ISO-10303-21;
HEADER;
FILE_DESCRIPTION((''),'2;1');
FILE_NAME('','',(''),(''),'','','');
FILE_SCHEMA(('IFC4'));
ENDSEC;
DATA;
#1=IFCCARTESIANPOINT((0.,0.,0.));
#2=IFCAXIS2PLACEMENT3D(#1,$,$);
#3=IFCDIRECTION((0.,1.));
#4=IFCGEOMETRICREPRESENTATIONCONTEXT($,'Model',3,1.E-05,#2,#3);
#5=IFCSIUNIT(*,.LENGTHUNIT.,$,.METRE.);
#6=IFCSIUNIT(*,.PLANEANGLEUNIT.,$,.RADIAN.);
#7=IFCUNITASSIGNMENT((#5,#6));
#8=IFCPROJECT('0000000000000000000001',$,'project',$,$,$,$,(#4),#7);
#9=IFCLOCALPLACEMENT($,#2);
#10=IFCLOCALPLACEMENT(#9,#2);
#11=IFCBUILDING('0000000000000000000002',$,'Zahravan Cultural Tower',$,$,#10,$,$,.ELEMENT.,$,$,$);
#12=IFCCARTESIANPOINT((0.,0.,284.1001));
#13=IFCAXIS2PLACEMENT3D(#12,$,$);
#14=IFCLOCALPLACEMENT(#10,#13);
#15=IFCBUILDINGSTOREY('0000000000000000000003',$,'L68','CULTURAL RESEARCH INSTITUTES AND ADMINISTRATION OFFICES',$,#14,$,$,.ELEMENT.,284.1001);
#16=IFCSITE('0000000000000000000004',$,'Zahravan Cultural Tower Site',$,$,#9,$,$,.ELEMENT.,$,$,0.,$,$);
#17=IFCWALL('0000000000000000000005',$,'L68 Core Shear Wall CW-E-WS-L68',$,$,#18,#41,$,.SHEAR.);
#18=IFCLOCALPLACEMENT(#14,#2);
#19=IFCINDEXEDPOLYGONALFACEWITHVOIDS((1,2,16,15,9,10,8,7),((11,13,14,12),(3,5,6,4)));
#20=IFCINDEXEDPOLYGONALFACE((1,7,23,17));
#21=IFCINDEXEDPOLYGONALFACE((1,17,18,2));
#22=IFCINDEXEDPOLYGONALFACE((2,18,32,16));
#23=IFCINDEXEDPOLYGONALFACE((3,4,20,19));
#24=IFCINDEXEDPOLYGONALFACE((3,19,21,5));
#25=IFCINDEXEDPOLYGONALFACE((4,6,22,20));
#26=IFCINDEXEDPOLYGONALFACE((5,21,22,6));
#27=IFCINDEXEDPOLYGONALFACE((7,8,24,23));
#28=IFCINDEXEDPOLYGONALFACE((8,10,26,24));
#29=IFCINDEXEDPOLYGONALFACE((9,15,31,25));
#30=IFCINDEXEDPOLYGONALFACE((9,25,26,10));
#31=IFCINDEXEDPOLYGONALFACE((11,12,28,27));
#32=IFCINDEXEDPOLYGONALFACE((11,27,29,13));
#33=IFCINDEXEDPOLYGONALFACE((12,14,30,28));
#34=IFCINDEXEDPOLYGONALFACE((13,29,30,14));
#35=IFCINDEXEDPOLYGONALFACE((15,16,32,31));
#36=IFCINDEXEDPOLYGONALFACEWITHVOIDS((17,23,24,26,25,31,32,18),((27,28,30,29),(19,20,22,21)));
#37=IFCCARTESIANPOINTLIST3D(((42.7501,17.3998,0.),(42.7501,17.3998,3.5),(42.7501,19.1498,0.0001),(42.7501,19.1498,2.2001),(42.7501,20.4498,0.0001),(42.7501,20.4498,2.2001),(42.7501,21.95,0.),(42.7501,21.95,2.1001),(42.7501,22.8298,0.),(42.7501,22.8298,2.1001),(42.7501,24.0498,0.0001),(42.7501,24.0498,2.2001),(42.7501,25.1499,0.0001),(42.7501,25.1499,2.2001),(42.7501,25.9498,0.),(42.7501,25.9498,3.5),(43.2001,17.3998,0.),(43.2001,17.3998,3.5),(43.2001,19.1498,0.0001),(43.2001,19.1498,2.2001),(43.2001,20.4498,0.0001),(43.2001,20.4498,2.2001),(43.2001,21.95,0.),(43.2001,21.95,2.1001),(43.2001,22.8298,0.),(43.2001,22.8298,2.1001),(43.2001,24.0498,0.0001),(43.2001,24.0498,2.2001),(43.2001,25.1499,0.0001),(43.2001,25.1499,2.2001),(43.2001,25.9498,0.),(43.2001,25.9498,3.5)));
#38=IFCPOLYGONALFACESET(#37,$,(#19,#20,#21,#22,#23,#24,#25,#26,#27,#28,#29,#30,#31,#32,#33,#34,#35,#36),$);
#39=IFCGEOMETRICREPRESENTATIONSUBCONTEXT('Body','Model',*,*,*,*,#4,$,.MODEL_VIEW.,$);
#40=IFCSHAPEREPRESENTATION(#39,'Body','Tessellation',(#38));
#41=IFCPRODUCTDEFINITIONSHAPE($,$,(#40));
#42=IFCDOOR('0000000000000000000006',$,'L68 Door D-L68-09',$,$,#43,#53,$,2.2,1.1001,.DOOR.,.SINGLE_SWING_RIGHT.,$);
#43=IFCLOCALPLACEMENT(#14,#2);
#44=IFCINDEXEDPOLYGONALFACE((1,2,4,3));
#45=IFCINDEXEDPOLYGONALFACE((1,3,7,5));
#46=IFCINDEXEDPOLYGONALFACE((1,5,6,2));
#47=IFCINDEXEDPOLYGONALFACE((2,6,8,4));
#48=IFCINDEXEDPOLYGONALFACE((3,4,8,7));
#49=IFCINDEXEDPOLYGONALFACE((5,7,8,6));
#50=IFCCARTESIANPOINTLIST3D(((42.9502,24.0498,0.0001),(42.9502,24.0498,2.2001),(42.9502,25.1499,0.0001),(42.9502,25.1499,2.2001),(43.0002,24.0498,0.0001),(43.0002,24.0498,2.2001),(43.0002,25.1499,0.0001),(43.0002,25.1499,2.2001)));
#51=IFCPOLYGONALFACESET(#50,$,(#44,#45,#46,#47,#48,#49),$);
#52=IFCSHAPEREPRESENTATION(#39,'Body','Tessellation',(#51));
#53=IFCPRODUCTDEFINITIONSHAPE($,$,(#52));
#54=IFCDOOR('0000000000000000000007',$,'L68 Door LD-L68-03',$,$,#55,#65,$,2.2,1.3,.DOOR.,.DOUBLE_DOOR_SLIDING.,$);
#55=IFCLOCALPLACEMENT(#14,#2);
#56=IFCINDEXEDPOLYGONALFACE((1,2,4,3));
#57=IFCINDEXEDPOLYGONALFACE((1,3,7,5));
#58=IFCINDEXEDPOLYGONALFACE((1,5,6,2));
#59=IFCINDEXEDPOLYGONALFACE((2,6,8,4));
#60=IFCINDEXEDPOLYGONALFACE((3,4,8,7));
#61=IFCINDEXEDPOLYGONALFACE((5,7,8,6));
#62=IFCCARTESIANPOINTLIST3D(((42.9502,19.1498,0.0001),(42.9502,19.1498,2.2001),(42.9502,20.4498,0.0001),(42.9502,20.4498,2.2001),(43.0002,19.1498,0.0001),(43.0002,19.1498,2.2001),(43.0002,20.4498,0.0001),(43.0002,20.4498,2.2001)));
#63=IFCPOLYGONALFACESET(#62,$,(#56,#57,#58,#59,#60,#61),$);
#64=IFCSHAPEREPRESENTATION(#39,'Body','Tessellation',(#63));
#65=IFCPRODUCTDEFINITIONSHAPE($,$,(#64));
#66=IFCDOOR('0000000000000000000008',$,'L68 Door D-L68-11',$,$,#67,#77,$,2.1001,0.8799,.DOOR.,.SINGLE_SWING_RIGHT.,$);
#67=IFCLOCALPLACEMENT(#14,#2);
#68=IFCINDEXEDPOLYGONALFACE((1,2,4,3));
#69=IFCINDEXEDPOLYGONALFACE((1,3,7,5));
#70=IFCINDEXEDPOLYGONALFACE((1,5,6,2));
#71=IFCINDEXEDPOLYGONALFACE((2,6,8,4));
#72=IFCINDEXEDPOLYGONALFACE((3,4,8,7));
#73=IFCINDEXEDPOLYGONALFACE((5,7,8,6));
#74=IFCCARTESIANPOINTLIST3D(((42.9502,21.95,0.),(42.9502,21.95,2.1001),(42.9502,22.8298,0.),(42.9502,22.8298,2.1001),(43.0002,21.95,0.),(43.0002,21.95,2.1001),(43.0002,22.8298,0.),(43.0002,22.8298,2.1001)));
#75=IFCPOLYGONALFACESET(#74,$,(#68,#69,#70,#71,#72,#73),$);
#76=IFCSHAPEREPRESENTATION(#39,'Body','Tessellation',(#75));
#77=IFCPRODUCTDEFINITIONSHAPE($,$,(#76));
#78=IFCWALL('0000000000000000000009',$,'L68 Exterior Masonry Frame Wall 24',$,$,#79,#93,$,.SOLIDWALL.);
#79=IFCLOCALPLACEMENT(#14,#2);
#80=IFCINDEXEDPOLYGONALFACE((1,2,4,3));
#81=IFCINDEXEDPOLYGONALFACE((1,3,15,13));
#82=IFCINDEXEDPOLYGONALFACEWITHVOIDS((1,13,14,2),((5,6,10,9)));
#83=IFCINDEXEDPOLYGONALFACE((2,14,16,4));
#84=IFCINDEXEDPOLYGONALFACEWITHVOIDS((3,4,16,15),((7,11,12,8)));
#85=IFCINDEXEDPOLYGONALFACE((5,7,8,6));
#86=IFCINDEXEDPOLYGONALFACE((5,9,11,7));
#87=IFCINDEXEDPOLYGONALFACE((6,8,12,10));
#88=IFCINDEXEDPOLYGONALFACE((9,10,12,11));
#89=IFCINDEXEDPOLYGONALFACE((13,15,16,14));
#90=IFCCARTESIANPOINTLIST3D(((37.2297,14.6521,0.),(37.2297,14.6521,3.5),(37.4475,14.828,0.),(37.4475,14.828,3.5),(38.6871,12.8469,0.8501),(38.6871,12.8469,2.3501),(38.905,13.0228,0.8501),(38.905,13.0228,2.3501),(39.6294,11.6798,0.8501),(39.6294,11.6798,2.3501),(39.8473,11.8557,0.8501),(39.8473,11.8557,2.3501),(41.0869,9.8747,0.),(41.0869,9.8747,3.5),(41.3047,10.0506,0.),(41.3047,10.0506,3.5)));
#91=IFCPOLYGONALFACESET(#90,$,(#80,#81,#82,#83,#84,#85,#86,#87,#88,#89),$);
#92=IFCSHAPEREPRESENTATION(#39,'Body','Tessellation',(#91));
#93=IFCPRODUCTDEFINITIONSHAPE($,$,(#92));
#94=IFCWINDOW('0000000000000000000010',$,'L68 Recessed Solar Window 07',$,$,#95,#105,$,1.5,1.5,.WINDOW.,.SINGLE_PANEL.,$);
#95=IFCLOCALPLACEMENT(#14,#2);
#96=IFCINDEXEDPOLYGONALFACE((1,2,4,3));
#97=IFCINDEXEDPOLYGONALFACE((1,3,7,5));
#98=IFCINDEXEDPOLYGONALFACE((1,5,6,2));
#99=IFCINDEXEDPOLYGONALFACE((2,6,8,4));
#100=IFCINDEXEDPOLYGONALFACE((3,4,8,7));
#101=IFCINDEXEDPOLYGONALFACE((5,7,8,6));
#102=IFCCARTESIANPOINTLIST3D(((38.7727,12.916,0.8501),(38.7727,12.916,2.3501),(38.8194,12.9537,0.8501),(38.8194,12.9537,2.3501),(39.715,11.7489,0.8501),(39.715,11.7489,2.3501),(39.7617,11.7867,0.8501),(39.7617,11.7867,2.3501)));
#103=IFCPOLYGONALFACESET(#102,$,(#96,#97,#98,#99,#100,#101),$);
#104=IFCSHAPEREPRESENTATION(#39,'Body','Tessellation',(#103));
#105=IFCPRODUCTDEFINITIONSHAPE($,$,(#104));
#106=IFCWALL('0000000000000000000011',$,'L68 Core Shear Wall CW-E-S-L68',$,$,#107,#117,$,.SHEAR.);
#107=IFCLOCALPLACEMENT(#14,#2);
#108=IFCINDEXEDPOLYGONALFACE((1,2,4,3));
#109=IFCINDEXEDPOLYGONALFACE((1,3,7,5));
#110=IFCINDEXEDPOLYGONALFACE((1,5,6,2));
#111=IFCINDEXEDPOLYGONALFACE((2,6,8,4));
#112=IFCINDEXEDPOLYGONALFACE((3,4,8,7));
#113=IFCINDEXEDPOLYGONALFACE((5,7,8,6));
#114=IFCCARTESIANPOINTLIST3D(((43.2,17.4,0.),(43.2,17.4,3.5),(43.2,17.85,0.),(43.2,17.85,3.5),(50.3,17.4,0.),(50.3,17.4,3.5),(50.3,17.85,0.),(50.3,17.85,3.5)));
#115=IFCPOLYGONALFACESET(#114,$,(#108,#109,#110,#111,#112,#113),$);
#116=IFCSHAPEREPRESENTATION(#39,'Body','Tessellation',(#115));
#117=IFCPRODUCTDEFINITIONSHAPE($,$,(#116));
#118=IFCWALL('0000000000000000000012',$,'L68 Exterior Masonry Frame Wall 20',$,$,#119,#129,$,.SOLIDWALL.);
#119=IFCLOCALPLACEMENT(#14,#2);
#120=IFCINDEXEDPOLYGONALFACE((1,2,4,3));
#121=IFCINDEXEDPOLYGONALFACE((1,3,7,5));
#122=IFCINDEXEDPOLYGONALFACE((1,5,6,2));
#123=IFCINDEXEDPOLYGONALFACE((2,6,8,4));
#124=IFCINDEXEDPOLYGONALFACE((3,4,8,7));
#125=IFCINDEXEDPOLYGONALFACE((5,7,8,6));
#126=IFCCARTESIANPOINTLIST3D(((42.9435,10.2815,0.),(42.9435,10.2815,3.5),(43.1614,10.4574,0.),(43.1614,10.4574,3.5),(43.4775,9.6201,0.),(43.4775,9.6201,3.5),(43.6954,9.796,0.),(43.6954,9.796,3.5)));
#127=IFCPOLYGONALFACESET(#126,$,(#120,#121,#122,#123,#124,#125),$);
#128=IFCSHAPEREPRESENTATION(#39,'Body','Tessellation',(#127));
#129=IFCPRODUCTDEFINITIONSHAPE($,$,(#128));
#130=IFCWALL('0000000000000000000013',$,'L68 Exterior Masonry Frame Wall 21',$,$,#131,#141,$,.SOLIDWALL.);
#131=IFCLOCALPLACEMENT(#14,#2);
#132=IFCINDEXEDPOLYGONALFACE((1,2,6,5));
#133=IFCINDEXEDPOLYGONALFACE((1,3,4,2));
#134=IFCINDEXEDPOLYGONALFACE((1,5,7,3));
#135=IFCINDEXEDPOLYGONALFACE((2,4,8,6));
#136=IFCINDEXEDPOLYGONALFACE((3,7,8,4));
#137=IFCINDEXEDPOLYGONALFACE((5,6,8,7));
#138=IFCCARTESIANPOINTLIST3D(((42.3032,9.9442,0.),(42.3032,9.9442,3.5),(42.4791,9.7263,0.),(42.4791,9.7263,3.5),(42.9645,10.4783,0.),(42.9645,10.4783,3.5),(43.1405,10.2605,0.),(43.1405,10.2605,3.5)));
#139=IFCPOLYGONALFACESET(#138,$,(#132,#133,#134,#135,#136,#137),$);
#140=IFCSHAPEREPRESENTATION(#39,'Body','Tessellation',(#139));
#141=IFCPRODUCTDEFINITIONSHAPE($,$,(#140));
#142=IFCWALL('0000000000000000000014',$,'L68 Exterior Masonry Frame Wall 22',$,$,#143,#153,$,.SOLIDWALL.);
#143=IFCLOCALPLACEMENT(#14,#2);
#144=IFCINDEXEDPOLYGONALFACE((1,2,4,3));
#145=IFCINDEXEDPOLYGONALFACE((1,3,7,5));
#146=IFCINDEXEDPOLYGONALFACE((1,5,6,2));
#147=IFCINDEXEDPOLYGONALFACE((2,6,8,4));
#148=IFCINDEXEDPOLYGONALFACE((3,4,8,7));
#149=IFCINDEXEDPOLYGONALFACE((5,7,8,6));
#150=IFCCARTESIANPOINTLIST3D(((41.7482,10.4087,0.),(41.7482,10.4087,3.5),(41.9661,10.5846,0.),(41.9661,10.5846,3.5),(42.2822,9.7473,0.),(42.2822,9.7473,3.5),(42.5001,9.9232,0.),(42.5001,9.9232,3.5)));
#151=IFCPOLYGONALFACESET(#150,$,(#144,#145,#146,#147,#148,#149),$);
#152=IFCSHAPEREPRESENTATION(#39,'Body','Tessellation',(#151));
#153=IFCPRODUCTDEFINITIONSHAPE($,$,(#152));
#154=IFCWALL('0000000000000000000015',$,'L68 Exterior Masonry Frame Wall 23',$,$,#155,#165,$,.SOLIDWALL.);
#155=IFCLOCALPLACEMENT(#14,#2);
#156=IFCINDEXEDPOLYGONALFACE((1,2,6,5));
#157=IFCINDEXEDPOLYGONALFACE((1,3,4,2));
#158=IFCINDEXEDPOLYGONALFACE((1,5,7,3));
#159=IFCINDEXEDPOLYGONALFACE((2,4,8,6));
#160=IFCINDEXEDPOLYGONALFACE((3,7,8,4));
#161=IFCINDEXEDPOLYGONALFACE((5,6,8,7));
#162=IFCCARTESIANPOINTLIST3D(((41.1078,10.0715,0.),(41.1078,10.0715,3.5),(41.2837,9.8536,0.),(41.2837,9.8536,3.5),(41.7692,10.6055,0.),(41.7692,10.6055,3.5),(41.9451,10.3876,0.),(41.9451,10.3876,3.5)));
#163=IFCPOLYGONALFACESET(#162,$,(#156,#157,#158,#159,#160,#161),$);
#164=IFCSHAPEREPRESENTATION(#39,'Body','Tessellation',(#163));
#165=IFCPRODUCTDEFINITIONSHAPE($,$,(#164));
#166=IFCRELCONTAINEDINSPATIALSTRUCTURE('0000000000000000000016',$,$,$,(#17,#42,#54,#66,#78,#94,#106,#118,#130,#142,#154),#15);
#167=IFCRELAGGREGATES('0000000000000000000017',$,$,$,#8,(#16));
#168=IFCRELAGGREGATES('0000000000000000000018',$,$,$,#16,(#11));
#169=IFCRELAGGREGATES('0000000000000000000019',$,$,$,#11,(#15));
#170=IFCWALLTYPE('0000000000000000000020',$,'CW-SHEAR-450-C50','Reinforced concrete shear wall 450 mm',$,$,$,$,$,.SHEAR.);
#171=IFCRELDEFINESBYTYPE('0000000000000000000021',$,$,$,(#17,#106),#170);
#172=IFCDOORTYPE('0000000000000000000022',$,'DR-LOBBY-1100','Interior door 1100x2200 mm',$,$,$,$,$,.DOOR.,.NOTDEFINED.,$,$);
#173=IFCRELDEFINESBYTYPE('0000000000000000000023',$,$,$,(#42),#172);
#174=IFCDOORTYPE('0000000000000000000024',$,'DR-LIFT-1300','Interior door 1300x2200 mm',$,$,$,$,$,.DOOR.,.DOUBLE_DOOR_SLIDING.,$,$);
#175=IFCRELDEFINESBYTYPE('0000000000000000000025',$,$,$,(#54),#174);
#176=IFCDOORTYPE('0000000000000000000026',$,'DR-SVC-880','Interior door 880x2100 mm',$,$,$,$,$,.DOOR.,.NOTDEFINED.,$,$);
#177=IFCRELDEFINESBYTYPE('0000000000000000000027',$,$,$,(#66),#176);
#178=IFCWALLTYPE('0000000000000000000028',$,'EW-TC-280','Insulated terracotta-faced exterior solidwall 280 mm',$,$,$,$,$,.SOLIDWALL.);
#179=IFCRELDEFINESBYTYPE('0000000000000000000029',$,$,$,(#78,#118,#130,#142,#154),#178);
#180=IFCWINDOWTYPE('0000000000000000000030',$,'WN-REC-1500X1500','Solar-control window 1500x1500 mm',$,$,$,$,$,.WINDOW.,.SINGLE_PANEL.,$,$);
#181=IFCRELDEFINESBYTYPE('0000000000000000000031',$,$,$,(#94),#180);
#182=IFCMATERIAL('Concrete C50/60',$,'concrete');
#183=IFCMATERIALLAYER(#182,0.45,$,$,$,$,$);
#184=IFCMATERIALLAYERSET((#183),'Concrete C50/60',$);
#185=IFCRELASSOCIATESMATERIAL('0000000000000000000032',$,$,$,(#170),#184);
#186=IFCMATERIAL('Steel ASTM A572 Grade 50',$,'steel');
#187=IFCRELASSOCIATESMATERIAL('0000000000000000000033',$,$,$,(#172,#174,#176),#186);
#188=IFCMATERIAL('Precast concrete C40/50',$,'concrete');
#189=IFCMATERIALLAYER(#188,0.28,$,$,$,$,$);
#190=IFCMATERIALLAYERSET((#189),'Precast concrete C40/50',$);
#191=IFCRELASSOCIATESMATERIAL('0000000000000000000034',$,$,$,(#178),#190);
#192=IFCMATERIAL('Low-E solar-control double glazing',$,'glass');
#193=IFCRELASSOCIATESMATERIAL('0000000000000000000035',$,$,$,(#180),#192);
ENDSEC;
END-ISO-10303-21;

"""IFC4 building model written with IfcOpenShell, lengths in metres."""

from ifc_helpers import new_model, si_unit, direction, frame, frame_2d, origin, place, context, subcontext, project, spatial, rectangle, extrude, source, transform, mapped, material, layer, layer_set, type_object, element, fill, save


model = new_model("IFC4")

# Units and contexts
model_context = context("Model", 3, precision=1e-05, world=origin(), true_north=direction((0.0, 1.0)))
body_context = subcontext(model_context, "Body", "Model", "MODEL_VIEW")
ifc_project = project(units=[si_unit("LENGTHUNIT", "METRE"), si_unit("PLANEANGLEUNIT", "RADIAN")], contexts=[model_context])

# Site, building, storey
site_placement = place(None, origin())
site = spatial("IfcSite", under=ifc_project, at=site_placement, Name="Zahravan Cultural Tower Site", CompositionType="ELEMENT", RefElevation=0.0)
building_placement = place(site_placement, origin())
building = spatial("IfcBuilding", under=site, at=building_placement, Name="Zahravan Cultural Tower", CompositionType="ELEMENT")
storey_placement = place(building_placement, frame((0.0, 0.0, 284.1001)))
storey = spatial("IfcBuildingStorey", under=building, at=storey_placement, Name="L68", Description="CULTURAL RESEARCH INSTITUTES AND ADMINISTRATION OFFICES", CompositionType="ELEMENT", Elevation=284.1001)

# Shared definitions
ifc_material_1 = material(Name="Concrete C50/60", Category="concrete")

# Wall, openings, doors
ifc_layer_1 = layer(ifc_material_1, 0.45)
ifc_layer_set_1 = layer_set([ifc_layer_1], Name="Concrete C50/60")
wall_type_1 = type_object("IfcWallType", Name="CW-SHEAR-450-C50", Description="Reinforced concrete shear wall 450 mm", PredefinedType="SHEAR", material=ifc_layer_set_1)
wall_1_placement = place(storey_placement, frame((42.9751, 17.3999, 0.0), z_axis=(0.0, 0.0, 1.0), x_axis=(0.0, 1.0, 0.0)))
wall_1 = element("IfcWall", 1, at=wall_1_placement, inside=storey, type_object=wall_type_1, Name="L68 Core Shear Wall CW-E-WS-L68", PredefinedType="SHEAR", context=body_context, shape_type="SweptSolid", body=[
    extrude(rectangle(XDim=8.55, YDim=0.45, at=frame_2d((4.2749, 0.0))), origin(), (0.0, 0.0, 1.0), 3.5),
])
opening_1_placement = place(wall_1_placement, frame((6.6499, 0.0, 0.0)))
opening_1 = element("IfcOpeningElement", 2, at=opening_1_placement, cuts=wall_1, PredefinedType="OPENING", context=body_context, shape_type="SweptSolid", body=[
    extrude(rectangle(XDim=1.1001, YDim=2.2, at=frame_2d((0.55, 1.1001))), frame((0.0, 0.2349, 0.0), z_axis=(0.0, -1.0, 0.0), x_axis=(1.0, 0.0, 0.0)), (0.0, 0.0, 1.0), 0.47),
])
opening_2_placement = place(wall_1_placement, frame((1.75, 0.0, 0.0)))
opening_2 = element("IfcOpeningElement", 3, at=opening_2_placement, cuts=wall_1, PredefinedType="OPENING", context=body_context, shape_type="SweptSolid", body=[
    extrude(rectangle(XDim=1.3, YDim=2.2, at=frame_2d((0.6499, 1.1001))), frame((0.0, 0.2349, 0.0), z_axis=(0.0, -1.0, 0.0), x_axis=(1.0, 0.0, 0.0)), (0.0, 0.0, 1.0), 0.47),
])
opening_3_placement = place(wall_1_placement, frame((4.55, 0.0, 0.0)))
opening_3 = element("IfcOpeningElement", 4, at=opening_3_placement, cuts=wall_1, PredefinedType="OPENING", context=body_context, shape_type="SweptSolid", body=[
    extrude(rectangle(XDim=0.8799, YDim=2.1001, at=frame_2d((0.4399, 1.05))), frame((0.0, 0.2349, 0.0), z_axis=(0.0, -1.0, 0.0), x_axis=(1.0, 0.0, 0.0)), (0.0, 0.0, 1.0), 0.47),
])
ifc_material_2 = material(Name="Steel ASTM A572 Grade 50", Category="steel")
door_type_1 = type_object("IfcDoorType", Name="DR-LOBBY-1100", Description="Interior door 1100x2200 mm", OperationType="NOTDEFINED", PredefinedType="DOOR", material=ifc_material_2)
shared_shape_1 = source(origin(), body_context, "Body", "SweptSolid", [
    extrude(rectangle(XDim=1.1001, YDim=2.2, at=frame_2d((0.55, 1.1001))), frame((0.0, 0.0249, 0.0), z_axis=(0.0, -1.0, 0.0), x_axis=(1.0, 0.0, 0.0)), (0.0, 0.0, 1.0), 0.05),
])
door_1_placement = place(opening_1_placement, origin())
door_1 = element("IfcDoor", 5, at=door_1_placement, inside=storey, type_object=door_type_1, Name="L68 Door D-L68-09", OperationType="SINGLE_SWING_RIGHT", OverallHeight=2.2, OverallWidth=1.1001, PredefinedType="DOOR", context=body_context, shape_type="MappedRepresentation", body=[
    mapped(shared_shape_1, transform((0.0, 0.0, 0.0), x_axis=(1.0, 0.0, 0.0), y_axis=(0.0, 1.0, 0.0), z_axis=(0.0, 0.0, 1.0), scale=1.0)),
])
fill(opening_1, door_1)
door_type_2 = type_object("IfcDoorType", Name="DR-LIFT-1300", Description="Interior door 1300x2200 mm", OperationType="DOUBLE_DOOR_SLIDING", PredefinedType="DOOR", material=ifc_material_2)
shared_shape_2 = source(origin(), body_context, "Body", "SweptSolid", [
    extrude(rectangle(XDim=1.3, YDim=2.2, at=frame_2d((0.6499, 1.1001))), frame((0.0, 0.0249, 0.0), z_axis=(0.0, -1.0, 0.0), x_axis=(1.0, 0.0, 0.0)), (0.0, 0.0, 1.0), 0.05),
])
door_2_placement = place(opening_2_placement, origin())
door_2 = element("IfcDoor", 6, at=door_2_placement, inside=storey, type_object=door_type_2, Name="L68 Door LD-L68-03", OperationType="DOUBLE_DOOR_SLIDING", OverallHeight=2.2, OverallWidth=1.3, PredefinedType="DOOR", context=body_context, shape_type="MappedRepresentation", body=[
    mapped(shared_shape_2, transform((0.0, 0.0, 0.0), x_axis=(1.0, 0.0, 0.0), y_axis=(0.0, 1.0, 0.0), z_axis=(0.0, 0.0, 1.0), scale=1.0)),
])
fill(opening_2, door_2)
door_type_3 = type_object("IfcDoorType", Name="DR-SVC-880", Description="Interior door 880x2100 mm", OperationType="NOTDEFINED", PredefinedType="DOOR", material=ifc_material_2)
shared_shape_3 = source(origin(), body_context, "Body", "SweptSolid", [
    extrude(rectangle(XDim=0.8799, YDim=2.1001, at=frame_2d((0.4399, 1.05))), frame((0.0, 0.0249, 0.0), z_axis=(0.0, -1.0, 0.0), x_axis=(1.0, 0.0, 0.0)), (0.0, 0.0, 1.0), 0.05),
])
door_3_placement = place(opening_3_placement, origin())
door_3 = element("IfcDoor", 7, at=door_3_placement, inside=storey, type_object=door_type_3, Name="L68 Door D-L68-11", OperationType="SINGLE_SWING_RIGHT", OverallHeight=2.1001, OverallWidth=0.8799, PredefinedType="DOOR", context=body_context, shape_type="MappedRepresentation", body=[
    mapped(shared_shape_3, transform((0.0, 0.0, 0.0), x_axis=(1.0, 0.0, 0.0), y_axis=(0.0, 1.0, 0.0), z_axis=(0.0, 0.0, 1.0), scale=1.0)),
])
fill(opening_3, door_3)

# Wall, opening, window
ifc_material_3 = material(Name="Precast concrete C40/50", Category="concrete")
ifc_layer_2 = layer(ifc_material_3, 0.28)
ifc_layer_set_2 = layer_set([ifc_layer_2], Name="Precast concrete C40/50")
wall_type_2 = type_object("IfcWallType", Name="EW-TC-280", Description="Insulated terracotta-faced exterior solidwall 280 mm", PredefinedType="SOLIDWALL", material=ifc_layer_set_2)
wall_2_placement = place(storey_placement, frame((41.1958, 9.9626, 0.0), z_axis=(0.0, 0.0, 1.0), x_axis=(-0.628195, 0.778056, 0.0)))
wall_2 = element("IfcWall", 8, at=wall_2_placement, inside=storey, type_object=wall_type_2, Name="L68 Exterior Masonry Frame Wall 24", PredefinedType="SOLIDWALL", context=body_context, shape_type="SweptSolid", body=[
    extrude(rectangle(XDim=6.1401, YDim=0.28, at=frame_2d((3.0701, 0.0))), origin(), (0.0, 0.0, 1.0), 3.5),
])
opening_4_placement = place(wall_2_placement, frame((2.3201, 0.0, 0.8501)))
opening_4 = element("IfcOpeningElement", 9, at=opening_4_placement, cuts=wall_2, PredefinedType="OPENING", context=body_context, shape_type="SweptSolid", body=[
    extrude(rectangle(XDim=1.5, YDim=1.5, at=frame_2d((0.75, 0.75))), frame((0.0, 0.1499, 0.0), z_axis=(0.0, -1.0, 0.0), x_axis=(1.0, 0.0, 0.0)), (0.0, 0.0, 1.0), 0.3),
])
ifc_material_4 = material(Name="Low-E solar-control double glazing", Category="glass")
window_type = type_object("IfcWindowType", Name="WN-REC-1500X1500", Description="Solar-control window 1500x1500 mm", PartitioningType="SINGLE_PANEL", PredefinedType="WINDOW", material=ifc_material_4)
shared_shape_4 = source(origin(), body_context, "Body", "SweptSolid", [
    extrude(rectangle(XDim=1.5, YDim=1.5, at=frame_2d((0.75, 0.75))), frame((0.0, 0.03, 0.0), z_axis=(0.0, -1.0, 0.0), x_axis=(1.0, 0.0, 0.0)), (0.0, 0.0, 1.0), 0.0601),
])
window_placement = place(opening_4_placement, origin())
window = element("IfcWindow", 10, at=window_placement, inside=storey, type_object=window_type, Name="L68 Recessed Solar Window 07", OverallHeight=1.5, OverallWidth=1.5, PartitioningType="SINGLE_PANEL", PredefinedType="WINDOW", context=body_context, shape_type="MappedRepresentation", body=[
    mapped(shared_shape_4, transform((0.0, 0.0, 0.0), x_axis=(1.0, 0.0, 0.0), y_axis=(0.0, 1.0, 0.0), z_axis=(0.0, 0.0, 1.0), scale=1.0)),
])
fill(opening_4, window)

# Walls
shared_shape_5 = source(origin(), body_context, "Body", "SweptSolid", [
    extrude(rectangle(XDim=7.1001, YDim=0.45, at=frame_2d((3.55, 0.0))), origin(), (0.0, 0.0, 1.0), 3.5),
])
wall_3_placement = place(storey_placement, frame((43.2, 17.625, 0.0), z_axis=(0.0, 0.0, 1.0), x_axis=(1.0, 0.0, 0.0)))
element("IfcWall", 11, at=wall_3_placement, inside=storey, type_object=wall_type_1, Name="L68 Core Shear Wall CW-E-S-L68", PredefinedType="SHEAR", context=body_context, shape_type="MappedRepresentation", body=[
    mapped(shared_shape_5, transform((0.0, 0.0, 0.0), x_axis=(1.0, 0.0, 0.0), y_axis=(0.0, 1.0, 0.0), z_axis=(0.0, 0.0, 1.0), scale=1.0)),
])
shared_shape_6 = source(origin(), body_context, "Body", "SweptSolid", [
    extrude(rectangle(XDim=0.8501, YDim=0.28, at=frame_2d((0.425, 0.0))), origin(), (0.0, 0.0, 1.0), 3.5),
])
for number, where, z_axis, x_axis, name in (
    (12, (43.5864, 9.708, 0.0), (0.0, 0.0, 1.0), (-0.628157, 0.778087, 0.0), "L68 Exterior Masonry Frame Wall 20"),
    (13, (43.0525, 10.3694, 0.0), (0.0, 0.0, 1.0), (-0.777947, -0.62833, 0.0), "L68 Exterior Masonry Frame Wall 21"),
    (14, (42.3911, 9.8352, 0.0), (0.0, 0.0, 1.0), (-0.628157, 0.778087, 0.0), "L68 Exterior Masonry Frame Wall 22"),
    (15, (41.8572, 10.4966, 0.0), (0.0, 0.0, 1.0), (-0.778087, -0.628157, 0.0), "L68 Exterior Masonry Frame Wall 23"),
):
    element("IfcWall", number, at=place(storey_placement, frame(where, z_axis=z_axis, x_axis=x_axis)), inside=storey, type_object=wall_type_2, Name=name, PredefinedType="SOLIDWALL", context=body_context, shape_type="MappedRepresentation", body=[
        mapped(shared_shape_6, transform((0.0, 0.0, 0.0), x_axis=(1.0, 0.0, 0.0), y_axis=(0.0, 1.0, 0.0), z_axis=(0.0, 0.0, 1.0), scale=1.0)),
    ])

save(model, "model.ifc")
